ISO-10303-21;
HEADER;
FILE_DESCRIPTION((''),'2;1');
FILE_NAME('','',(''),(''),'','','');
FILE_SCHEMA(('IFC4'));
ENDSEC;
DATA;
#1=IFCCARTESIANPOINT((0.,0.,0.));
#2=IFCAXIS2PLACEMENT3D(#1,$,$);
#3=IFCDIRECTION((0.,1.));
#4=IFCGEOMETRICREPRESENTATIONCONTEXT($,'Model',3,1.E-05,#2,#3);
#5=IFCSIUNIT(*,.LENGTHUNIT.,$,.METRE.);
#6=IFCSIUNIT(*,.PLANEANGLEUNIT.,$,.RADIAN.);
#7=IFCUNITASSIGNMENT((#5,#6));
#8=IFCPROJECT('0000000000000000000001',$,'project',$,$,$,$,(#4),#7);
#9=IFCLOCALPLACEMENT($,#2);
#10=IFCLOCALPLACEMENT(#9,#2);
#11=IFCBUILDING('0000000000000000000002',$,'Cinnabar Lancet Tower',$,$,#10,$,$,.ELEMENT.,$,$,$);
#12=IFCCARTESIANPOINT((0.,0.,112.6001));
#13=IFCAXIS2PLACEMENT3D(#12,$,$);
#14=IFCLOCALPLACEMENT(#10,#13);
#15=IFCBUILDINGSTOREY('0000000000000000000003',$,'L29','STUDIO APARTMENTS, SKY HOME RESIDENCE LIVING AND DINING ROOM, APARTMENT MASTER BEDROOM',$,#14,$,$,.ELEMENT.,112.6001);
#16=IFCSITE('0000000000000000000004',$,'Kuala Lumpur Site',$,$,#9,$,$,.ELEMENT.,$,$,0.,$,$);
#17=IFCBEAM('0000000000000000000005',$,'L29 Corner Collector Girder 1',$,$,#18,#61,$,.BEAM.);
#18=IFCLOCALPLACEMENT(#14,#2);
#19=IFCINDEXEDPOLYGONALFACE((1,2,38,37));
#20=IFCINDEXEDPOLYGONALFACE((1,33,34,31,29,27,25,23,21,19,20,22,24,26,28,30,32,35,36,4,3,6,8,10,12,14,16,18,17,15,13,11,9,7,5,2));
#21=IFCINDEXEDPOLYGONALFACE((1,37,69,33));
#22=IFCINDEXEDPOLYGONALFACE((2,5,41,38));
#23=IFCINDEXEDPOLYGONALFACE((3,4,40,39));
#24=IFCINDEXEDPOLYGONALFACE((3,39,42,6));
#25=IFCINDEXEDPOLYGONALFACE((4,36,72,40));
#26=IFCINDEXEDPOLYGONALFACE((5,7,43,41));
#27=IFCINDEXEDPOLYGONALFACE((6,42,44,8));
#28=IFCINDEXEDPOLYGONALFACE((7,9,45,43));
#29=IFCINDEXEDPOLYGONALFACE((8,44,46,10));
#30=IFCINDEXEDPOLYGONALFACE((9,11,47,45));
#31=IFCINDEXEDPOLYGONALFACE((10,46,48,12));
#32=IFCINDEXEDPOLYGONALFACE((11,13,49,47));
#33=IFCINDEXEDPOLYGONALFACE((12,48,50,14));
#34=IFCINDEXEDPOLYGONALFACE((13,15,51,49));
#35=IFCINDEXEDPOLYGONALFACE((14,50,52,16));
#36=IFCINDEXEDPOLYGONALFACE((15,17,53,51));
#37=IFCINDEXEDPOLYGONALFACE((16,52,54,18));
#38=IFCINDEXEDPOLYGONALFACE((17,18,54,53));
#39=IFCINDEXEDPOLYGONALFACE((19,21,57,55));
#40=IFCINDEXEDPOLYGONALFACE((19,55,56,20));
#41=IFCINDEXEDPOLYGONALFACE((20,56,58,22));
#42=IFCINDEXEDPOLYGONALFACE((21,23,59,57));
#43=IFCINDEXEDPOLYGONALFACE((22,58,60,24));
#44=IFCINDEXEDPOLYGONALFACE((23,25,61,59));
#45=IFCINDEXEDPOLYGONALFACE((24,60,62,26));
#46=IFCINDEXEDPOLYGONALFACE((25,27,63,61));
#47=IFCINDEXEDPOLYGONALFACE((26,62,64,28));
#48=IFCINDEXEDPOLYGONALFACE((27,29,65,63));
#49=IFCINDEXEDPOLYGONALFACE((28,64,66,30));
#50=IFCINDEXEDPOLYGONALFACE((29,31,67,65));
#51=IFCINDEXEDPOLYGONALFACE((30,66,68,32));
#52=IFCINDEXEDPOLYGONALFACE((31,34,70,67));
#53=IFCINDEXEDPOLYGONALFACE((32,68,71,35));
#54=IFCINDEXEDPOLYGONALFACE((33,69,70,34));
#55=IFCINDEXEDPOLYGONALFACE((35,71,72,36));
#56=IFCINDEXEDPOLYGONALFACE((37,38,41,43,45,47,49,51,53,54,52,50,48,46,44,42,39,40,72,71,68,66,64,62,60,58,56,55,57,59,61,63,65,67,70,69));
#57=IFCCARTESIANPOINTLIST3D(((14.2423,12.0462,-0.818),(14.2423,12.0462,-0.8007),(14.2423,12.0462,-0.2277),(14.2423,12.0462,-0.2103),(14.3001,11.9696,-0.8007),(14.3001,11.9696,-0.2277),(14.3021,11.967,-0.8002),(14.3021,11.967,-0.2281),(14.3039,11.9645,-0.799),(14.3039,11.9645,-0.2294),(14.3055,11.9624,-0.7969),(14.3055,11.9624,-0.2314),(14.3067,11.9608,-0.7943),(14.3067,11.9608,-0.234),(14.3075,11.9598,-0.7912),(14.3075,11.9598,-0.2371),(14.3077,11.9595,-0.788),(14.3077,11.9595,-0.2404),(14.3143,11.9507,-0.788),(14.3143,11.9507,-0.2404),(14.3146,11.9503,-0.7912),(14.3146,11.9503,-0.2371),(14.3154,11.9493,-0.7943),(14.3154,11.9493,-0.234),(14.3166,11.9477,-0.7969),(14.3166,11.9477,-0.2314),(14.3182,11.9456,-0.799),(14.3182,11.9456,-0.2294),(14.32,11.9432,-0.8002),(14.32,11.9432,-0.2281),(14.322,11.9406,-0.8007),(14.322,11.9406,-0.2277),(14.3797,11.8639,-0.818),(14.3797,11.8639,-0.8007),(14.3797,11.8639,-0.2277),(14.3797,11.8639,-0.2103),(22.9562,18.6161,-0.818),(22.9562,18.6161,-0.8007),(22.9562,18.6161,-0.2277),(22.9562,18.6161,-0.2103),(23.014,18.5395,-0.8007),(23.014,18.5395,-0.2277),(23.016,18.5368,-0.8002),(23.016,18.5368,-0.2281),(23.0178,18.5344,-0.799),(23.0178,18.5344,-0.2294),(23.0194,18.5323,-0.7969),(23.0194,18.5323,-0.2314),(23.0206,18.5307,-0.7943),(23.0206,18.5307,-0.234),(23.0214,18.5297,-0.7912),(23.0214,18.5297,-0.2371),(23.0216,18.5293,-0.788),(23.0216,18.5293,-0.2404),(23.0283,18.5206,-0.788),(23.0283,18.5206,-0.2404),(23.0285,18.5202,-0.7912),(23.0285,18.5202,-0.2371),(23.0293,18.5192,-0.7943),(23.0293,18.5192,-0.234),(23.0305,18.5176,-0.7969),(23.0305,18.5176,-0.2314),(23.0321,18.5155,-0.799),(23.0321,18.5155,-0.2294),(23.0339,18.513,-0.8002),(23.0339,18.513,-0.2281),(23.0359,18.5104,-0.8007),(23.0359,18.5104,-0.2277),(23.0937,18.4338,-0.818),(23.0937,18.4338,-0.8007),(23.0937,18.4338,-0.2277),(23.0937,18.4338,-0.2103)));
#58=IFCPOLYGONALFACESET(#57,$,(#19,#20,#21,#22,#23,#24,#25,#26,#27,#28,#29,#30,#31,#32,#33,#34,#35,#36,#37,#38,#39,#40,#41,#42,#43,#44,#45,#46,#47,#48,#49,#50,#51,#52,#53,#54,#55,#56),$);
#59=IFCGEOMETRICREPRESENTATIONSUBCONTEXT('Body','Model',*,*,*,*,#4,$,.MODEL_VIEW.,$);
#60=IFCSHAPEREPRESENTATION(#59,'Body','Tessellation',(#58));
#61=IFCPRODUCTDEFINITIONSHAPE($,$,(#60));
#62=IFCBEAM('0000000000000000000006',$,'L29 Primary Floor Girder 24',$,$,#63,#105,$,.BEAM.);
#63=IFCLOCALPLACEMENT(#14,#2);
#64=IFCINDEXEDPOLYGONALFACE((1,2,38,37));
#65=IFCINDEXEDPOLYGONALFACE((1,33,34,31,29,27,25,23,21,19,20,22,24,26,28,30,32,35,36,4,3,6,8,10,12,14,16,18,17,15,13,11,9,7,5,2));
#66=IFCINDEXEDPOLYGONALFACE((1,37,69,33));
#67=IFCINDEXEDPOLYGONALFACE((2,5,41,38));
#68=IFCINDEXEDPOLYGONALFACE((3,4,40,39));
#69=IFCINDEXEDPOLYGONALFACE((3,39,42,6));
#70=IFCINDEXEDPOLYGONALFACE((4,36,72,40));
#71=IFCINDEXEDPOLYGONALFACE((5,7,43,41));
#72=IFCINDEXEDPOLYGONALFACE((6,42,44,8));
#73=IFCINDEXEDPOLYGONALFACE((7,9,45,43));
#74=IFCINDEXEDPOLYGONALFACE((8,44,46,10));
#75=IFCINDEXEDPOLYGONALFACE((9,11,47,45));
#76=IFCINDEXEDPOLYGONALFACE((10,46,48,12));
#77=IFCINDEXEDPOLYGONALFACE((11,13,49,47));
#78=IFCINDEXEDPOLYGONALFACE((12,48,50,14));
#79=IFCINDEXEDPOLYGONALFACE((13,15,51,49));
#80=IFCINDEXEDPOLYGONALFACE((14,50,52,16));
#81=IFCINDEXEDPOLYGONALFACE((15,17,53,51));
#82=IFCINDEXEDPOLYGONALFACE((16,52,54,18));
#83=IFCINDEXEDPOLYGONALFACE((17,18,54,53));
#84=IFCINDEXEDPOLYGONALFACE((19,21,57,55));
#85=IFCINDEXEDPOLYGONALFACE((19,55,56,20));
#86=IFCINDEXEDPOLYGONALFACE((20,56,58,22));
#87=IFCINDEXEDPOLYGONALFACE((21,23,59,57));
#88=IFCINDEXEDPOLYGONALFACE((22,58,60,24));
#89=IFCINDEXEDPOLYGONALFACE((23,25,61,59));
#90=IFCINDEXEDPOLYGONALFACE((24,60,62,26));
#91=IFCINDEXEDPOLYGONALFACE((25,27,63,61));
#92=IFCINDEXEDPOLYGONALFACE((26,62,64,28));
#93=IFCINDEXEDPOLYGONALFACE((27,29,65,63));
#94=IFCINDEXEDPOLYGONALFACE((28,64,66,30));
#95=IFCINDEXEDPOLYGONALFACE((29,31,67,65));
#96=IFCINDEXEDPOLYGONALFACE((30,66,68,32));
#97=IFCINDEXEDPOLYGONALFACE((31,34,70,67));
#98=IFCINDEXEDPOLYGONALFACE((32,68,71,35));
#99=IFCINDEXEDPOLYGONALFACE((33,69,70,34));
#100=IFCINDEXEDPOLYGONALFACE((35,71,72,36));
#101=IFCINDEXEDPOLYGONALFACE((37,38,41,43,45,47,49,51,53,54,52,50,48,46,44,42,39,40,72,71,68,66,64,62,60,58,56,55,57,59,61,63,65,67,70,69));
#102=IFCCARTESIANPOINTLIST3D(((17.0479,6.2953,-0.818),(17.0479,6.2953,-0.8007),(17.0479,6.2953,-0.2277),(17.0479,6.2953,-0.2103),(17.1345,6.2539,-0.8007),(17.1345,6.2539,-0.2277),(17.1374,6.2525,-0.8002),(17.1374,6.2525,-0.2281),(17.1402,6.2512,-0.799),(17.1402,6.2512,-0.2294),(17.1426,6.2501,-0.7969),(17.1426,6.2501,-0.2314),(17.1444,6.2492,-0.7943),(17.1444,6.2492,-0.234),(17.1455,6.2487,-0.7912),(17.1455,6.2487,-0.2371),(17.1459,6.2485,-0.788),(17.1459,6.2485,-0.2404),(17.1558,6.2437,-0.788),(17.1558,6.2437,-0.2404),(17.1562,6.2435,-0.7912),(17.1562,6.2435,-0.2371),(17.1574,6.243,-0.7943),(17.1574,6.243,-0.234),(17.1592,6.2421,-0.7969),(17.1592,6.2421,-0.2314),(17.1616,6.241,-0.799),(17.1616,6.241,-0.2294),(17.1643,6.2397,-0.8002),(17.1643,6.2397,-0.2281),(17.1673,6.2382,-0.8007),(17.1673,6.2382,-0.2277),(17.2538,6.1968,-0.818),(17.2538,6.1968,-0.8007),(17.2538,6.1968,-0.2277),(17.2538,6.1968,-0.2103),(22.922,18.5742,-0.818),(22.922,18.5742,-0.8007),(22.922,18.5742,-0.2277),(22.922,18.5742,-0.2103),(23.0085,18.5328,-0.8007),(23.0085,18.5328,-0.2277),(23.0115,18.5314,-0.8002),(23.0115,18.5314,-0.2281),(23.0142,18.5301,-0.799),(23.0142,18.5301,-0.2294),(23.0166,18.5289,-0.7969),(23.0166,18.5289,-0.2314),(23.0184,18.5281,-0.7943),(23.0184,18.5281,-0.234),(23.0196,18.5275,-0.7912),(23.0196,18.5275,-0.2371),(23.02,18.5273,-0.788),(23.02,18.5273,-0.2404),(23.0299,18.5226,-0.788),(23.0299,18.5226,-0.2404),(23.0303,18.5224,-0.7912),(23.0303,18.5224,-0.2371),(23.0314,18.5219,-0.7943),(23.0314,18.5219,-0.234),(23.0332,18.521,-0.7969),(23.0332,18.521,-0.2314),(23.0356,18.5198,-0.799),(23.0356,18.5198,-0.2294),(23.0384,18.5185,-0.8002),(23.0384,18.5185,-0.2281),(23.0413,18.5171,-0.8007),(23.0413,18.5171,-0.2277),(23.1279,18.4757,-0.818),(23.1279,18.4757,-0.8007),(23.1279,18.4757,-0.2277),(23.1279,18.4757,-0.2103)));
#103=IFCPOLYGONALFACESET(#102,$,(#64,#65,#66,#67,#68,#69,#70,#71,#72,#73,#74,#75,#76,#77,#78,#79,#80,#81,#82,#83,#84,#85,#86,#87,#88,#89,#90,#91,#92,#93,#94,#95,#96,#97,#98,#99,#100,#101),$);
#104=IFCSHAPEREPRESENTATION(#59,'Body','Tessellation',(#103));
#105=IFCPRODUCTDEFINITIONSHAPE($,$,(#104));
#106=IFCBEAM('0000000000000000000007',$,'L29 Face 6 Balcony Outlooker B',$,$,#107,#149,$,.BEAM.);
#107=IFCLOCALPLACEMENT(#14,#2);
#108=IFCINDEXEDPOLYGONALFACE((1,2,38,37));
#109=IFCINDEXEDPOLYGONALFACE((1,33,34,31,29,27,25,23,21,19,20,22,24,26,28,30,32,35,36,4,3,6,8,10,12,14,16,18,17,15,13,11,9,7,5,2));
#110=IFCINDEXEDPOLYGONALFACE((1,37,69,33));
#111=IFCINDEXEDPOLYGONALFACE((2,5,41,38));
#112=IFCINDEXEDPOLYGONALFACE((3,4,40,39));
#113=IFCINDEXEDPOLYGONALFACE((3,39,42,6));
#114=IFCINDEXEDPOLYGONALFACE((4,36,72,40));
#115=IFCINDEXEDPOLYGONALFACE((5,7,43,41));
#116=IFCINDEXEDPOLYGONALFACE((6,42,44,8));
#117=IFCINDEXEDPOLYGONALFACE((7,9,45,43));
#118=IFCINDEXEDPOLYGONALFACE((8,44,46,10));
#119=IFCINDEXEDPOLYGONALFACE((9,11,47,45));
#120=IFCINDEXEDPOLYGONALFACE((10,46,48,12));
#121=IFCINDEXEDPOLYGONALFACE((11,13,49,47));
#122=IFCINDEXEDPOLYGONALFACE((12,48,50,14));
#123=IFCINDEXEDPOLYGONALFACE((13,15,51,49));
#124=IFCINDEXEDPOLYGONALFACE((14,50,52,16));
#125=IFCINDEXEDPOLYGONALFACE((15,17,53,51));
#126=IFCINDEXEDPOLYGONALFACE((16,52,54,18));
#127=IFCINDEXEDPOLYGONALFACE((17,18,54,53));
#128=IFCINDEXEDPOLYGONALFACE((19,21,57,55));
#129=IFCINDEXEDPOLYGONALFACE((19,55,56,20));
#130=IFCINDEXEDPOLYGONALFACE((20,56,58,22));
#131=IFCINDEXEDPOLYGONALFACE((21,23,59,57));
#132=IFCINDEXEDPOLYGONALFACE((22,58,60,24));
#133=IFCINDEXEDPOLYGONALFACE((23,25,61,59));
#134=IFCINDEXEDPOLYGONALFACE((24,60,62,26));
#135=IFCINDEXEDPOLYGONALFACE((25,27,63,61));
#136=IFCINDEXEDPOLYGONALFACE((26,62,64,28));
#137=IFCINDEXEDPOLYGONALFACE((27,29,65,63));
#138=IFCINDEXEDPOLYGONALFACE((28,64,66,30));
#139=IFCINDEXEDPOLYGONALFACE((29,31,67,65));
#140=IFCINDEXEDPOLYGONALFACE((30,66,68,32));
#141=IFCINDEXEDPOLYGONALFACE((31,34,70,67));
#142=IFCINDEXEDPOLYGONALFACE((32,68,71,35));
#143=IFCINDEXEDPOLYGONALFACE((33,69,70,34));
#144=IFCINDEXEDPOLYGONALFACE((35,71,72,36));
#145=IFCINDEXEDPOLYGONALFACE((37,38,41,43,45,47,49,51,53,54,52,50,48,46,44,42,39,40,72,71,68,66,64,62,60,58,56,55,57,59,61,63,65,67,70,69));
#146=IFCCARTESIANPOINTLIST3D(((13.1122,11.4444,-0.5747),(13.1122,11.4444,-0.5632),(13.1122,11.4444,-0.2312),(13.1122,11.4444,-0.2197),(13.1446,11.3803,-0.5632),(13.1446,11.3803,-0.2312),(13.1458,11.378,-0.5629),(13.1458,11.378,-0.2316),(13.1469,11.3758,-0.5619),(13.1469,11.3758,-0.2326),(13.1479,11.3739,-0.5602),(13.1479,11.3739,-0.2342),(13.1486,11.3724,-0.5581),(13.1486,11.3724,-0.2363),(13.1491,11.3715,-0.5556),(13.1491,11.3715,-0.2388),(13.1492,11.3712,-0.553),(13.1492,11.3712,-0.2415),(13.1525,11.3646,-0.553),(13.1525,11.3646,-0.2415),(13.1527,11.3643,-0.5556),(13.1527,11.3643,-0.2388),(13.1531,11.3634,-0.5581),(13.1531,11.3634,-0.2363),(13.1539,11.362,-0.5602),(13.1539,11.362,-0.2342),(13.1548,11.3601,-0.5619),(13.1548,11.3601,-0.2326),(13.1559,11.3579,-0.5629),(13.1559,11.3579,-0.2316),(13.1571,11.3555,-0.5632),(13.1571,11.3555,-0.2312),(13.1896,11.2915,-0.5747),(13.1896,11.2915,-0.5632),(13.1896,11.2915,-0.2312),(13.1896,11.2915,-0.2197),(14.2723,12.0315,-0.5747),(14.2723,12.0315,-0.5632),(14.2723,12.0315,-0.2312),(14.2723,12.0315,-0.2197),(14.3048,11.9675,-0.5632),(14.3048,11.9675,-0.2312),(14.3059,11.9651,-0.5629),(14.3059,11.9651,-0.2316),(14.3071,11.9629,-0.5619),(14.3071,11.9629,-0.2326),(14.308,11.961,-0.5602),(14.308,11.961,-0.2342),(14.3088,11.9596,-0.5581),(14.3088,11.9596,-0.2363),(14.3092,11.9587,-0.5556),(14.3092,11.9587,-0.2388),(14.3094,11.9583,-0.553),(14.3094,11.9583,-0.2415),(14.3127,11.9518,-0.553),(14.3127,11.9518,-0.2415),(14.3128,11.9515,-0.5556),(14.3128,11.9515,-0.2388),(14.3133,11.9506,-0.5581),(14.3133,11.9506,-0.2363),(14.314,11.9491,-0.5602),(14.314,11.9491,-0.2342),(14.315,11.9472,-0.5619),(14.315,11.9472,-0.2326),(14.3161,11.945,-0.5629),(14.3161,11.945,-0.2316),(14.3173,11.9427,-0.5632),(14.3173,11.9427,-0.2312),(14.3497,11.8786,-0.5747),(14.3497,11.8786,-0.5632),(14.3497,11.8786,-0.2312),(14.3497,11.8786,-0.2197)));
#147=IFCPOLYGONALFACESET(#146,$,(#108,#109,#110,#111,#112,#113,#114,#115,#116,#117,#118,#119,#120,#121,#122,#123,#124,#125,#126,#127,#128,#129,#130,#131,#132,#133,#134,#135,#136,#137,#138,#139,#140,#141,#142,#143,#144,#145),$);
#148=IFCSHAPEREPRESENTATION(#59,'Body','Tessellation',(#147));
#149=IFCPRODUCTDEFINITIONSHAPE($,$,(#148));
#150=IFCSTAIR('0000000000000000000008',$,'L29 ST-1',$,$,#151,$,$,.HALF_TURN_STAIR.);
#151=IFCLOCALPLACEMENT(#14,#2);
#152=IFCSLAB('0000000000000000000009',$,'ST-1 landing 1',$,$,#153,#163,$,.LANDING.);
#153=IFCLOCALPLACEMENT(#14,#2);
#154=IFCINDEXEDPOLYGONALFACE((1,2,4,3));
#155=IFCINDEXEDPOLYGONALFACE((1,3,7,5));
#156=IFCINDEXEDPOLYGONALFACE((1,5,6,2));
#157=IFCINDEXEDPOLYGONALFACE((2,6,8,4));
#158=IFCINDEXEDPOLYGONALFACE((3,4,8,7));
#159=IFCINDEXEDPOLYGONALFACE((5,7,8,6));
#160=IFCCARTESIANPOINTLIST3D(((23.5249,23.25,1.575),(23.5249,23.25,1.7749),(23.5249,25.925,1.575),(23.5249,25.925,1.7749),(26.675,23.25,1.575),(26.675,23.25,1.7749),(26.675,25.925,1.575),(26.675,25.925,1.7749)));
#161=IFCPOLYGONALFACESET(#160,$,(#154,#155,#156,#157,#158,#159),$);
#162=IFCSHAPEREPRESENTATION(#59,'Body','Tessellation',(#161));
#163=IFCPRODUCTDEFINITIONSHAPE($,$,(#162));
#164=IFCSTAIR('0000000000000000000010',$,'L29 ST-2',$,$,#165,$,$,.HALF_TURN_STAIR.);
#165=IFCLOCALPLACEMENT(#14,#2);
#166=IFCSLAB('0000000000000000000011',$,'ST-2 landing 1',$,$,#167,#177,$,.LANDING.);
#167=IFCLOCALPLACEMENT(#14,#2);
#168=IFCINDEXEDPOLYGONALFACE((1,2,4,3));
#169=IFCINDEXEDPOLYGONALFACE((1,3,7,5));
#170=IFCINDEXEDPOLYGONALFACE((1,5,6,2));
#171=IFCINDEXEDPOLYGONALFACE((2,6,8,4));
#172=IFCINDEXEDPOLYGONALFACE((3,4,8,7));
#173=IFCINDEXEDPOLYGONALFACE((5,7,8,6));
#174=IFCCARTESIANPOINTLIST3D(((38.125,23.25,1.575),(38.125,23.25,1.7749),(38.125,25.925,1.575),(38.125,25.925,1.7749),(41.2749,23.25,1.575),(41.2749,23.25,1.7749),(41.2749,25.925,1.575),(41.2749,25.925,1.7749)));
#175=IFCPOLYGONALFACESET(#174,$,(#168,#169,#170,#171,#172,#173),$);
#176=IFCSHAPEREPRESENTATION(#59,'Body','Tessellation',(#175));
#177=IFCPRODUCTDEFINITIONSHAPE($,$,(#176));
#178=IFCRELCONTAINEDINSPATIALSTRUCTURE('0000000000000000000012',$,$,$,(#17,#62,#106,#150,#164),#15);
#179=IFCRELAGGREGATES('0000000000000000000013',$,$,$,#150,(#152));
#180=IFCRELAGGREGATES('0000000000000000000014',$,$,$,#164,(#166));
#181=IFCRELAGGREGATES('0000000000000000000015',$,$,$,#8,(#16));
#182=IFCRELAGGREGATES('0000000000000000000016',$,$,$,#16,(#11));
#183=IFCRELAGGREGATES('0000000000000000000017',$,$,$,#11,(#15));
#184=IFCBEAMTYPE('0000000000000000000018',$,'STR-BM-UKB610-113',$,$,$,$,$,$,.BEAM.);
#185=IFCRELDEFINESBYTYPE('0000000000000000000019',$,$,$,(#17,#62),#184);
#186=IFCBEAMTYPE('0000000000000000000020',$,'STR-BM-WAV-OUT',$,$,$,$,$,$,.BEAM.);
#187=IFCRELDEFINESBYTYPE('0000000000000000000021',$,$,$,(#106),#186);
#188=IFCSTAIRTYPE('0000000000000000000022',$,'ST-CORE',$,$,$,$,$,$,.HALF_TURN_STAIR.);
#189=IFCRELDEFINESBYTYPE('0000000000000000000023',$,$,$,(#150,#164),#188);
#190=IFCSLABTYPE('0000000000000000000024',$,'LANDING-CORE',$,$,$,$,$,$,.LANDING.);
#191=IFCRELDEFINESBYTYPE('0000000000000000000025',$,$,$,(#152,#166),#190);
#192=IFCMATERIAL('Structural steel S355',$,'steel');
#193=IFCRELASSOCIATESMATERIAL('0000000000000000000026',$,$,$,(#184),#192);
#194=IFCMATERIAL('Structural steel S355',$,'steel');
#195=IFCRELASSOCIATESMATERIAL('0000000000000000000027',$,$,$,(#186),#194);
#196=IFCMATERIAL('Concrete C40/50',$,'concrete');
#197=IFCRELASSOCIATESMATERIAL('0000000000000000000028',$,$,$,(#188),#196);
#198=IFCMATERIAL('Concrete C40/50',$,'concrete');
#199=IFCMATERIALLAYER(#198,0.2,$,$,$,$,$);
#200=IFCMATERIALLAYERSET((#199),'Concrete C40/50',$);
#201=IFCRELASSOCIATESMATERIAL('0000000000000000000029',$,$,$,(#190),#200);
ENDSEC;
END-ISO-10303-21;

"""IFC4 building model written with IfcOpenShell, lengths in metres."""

from ifc_helpers import new_model, si_unit, direction, frame, origin, origin_2d, place, context, subcontext, project, spatial, polyline, i_section, outline, extrude, material, layer, layer_set, material_profile, profile_set, type_object, element, aggregate, save


model = new_model("IFC4")

# Units and contexts
model_context = context("Model", 3, precision=1e-05, world=origin(), true_north=direction((0.0, 1.0)))
body_context = subcontext(model_context, "Body", "Model", "MODEL_VIEW")
ifc_project = project(units=[si_unit("LENGTHUNIT", "METRE"), si_unit("PLANEANGLEUNIT", "RADIAN")], contexts=[model_context])

# Site, building, storey
site_placement = place(None, origin())
site = spatial("IfcSite", under=ifc_project, at=site_placement, Name="Kuala Lumpur Site", CompositionType="ELEMENT", RefElevation=0.0)
building_placement = place(site_placement, origin())
building = spatial("IfcBuilding", under=site, at=building_placement, Name="Cinnabar Lancet Tower", CompositionType="ELEMENT")
storey_placement = place(building_placement, frame((0.0, 0.0, 112.6001)))
storey = spatial("IfcBuildingStorey", under=building, at=storey_placement, Name="L29", Description="STUDIO APARTMENTS, SKY HOME RESIDENCE LIVING AND DINING ROOM, APARTMENT MASTER BEDROOM", CompositionType="ELEMENT", Elevation=112.6001)

# Beams
ifc_material_1 = material(Name="Structural steel S355", Category="steel")
ifc_material_profile_1 = material_profile(ifc_material_1, i_section(OverallWidth=0.2283, OverallDepth=0.6077, WebThickness=0.011, FlangeThickness=0.0173, FilletRadius=0.0127, at=origin_2d()), Name="UKB 610x229x113")
ifc_profile_set_1 = profile_set([ifc_material_profile_1], Name="Structural steel S355")
beam_type_1 = type_object("IfcBeamType", Name="STR-BM-UKB610-113", PredefinedType="BEAM", material=ifc_profile_set_1)
beam_1_placement = place(storey_placement, frame((14.311, 11.9551, -0.5142), z_axis=(0.798483, 0.602017, 0.0), x_axis=(-0.602017, 0.798483, 0.0)))
element("IfcBeam", 1, at=beam_1_placement, inside=storey, type_object=beam_type_1, Name="L29 Corner Collector Girder 1", PredefinedType="BEAM", context=body_context, shape_type="SweptSolid", body=[
    extrude(i_section(OverallWidth=0.2283, OverallDepth=0.6077, WebThickness=0.011, FlangeThickness=0.0173, FilletRadius=0.0127, at=origin_2d()), origin(), (0.0, 0.0, 1.0), 10.9131),
])
beam_2_placement = place(storey_placement, frame((17.1509, 6.2461, -0.5142), z_axis=(0.431548, 0.90209, 0.0), x_axis=(-0.90209, 0.431548, 0.0)))
element("IfcBeam", 2, at=beam_2_placement, inside=storey, type_object=beam_type_1, Name="L29 Primary Floor Girder 24", PredefinedType="BEAM", context=body_context, shape_type="SweptSolid", body=[
    extrude(i_section(OverallWidth=0.2283, OverallDepth=0.6077, WebThickness=0.011, FlangeThickness=0.0173, FilletRadius=0.0127, at=origin_2d()), origin(), (0.0, 0.0, 1.0), 13.6116),
])
ifc_material_2 = material(Name="Structural steel S355", Category="steel")
ifc_material_profile_2 = material_profile(ifc_material_2, i_section(OverallWidth=0.1714, OverallDepth=0.355, WebThickness=0.0073, FlangeThickness=0.0115, FilletRadius=0.0103, at=origin_2d()), Name="UKB 356x171x51")
ifc_profile_set_2 = profile_set([ifc_material_profile_2], Name="Structural steel S355")
beam_type_2 = type_object("IfcBeamType", Name="STR-BM-WAV-OUT", PredefinedType="BEAM", material=ifc_profile_set_2)
beam_3_placement = place(storey_placement, frame((14.311, 11.9551, -0.3972), z_axis=(-0.892239, -0.451564, 0.0), x_axis=(0.451564, -0.892239, 0.0)))
element("IfcBeam", 3, at=beam_3_placement, inside=storey, type_object=beam_type_2, Name="L29 Face 6 Balcony Outlooker B", PredefinedType="BEAM", context=body_context, shape_type="SweptSolid", body=[
    extrude(i_section(OverallWidth=0.1714, OverallDepth=0.355, WebThickness=0.0073, FlangeThickness=0.0115, FilletRadius=0.0103, at=origin_2d()), origin(), (0.0, 0.0, 1.0), 1.3003),
])

# Stairs, slabs
ifc_material_3 = material(Name="Concrete C40/50", Category="concrete")
stair_type = type_object("IfcStairType", Name="ST-CORE", PredefinedType="HALF_TURN_STAIR", material=ifc_material_3)
stair_1_placement = place(storey_placement, origin())
stair_1 = element("IfcStair", 4, at=stair_1_placement, inside=storey, type_object=stair_type, Name="L29 ST-1", PredefinedType="HALF_TURN_STAIR")
ifc_material_4 = material(Name="Concrete C40/50", Category="concrete")
ifc_layer_1 = layer(ifc_material_4, 0.2)
ifc_layer_set_1 = layer_set([ifc_layer_1], Name="Concrete C40/50")
slab_type_1 = type_object("IfcSlabType", Name="LANDING-CORE", PredefinedType="LANDING", material=ifc_layer_set_1)
slab_1_placement = place(storey_placement, frame((0.0, 0.0, 1.575)))
slab_1 = element("IfcSlab", 5, at=slab_1_placement, type_object=slab_type_1, Name="ST-1 landing 1", PredefinedType="LANDING", context=body_context, shape_type="SweptSolid", body=[
    extrude(outline(polyline([(23.5249, 25.925), (23.5249, 23.25), (26.675, 23.25), (26.675, 25.925), (23.5249, 25.925)])), origin(), (0.0, 0.0, 1.0), 0.2),
])
aggregate(stair_1, [slab_1])
stair_2_placement = place(storey_placement, origin())
stair_2 = element("IfcStair", 6, at=stair_2_placement, inside=storey, type_object=stair_type, Name="L29 ST-2", PredefinedType="HALF_TURN_STAIR")
slab_2_placement = place(storey_placement, frame((0.0, 0.0, 1.575)))
slab_2 = element("IfcSlab", 7, at=slab_2_placement, type_object=slab_type_1, Name="ST-2 landing 1", PredefinedType="LANDING", context=body_context, shape_type="SweptSolid", body=[
    extrude(outline(polyline([(38.125, 25.925), (38.125, 23.25), (41.2749, 23.25), (41.2749, 25.925), (38.125, 25.925)])), origin(), (0.0, 0.0, 1.0), 0.2),
])
aggregate(stair_2, [slab_2])

save(model, "model.ifc")
